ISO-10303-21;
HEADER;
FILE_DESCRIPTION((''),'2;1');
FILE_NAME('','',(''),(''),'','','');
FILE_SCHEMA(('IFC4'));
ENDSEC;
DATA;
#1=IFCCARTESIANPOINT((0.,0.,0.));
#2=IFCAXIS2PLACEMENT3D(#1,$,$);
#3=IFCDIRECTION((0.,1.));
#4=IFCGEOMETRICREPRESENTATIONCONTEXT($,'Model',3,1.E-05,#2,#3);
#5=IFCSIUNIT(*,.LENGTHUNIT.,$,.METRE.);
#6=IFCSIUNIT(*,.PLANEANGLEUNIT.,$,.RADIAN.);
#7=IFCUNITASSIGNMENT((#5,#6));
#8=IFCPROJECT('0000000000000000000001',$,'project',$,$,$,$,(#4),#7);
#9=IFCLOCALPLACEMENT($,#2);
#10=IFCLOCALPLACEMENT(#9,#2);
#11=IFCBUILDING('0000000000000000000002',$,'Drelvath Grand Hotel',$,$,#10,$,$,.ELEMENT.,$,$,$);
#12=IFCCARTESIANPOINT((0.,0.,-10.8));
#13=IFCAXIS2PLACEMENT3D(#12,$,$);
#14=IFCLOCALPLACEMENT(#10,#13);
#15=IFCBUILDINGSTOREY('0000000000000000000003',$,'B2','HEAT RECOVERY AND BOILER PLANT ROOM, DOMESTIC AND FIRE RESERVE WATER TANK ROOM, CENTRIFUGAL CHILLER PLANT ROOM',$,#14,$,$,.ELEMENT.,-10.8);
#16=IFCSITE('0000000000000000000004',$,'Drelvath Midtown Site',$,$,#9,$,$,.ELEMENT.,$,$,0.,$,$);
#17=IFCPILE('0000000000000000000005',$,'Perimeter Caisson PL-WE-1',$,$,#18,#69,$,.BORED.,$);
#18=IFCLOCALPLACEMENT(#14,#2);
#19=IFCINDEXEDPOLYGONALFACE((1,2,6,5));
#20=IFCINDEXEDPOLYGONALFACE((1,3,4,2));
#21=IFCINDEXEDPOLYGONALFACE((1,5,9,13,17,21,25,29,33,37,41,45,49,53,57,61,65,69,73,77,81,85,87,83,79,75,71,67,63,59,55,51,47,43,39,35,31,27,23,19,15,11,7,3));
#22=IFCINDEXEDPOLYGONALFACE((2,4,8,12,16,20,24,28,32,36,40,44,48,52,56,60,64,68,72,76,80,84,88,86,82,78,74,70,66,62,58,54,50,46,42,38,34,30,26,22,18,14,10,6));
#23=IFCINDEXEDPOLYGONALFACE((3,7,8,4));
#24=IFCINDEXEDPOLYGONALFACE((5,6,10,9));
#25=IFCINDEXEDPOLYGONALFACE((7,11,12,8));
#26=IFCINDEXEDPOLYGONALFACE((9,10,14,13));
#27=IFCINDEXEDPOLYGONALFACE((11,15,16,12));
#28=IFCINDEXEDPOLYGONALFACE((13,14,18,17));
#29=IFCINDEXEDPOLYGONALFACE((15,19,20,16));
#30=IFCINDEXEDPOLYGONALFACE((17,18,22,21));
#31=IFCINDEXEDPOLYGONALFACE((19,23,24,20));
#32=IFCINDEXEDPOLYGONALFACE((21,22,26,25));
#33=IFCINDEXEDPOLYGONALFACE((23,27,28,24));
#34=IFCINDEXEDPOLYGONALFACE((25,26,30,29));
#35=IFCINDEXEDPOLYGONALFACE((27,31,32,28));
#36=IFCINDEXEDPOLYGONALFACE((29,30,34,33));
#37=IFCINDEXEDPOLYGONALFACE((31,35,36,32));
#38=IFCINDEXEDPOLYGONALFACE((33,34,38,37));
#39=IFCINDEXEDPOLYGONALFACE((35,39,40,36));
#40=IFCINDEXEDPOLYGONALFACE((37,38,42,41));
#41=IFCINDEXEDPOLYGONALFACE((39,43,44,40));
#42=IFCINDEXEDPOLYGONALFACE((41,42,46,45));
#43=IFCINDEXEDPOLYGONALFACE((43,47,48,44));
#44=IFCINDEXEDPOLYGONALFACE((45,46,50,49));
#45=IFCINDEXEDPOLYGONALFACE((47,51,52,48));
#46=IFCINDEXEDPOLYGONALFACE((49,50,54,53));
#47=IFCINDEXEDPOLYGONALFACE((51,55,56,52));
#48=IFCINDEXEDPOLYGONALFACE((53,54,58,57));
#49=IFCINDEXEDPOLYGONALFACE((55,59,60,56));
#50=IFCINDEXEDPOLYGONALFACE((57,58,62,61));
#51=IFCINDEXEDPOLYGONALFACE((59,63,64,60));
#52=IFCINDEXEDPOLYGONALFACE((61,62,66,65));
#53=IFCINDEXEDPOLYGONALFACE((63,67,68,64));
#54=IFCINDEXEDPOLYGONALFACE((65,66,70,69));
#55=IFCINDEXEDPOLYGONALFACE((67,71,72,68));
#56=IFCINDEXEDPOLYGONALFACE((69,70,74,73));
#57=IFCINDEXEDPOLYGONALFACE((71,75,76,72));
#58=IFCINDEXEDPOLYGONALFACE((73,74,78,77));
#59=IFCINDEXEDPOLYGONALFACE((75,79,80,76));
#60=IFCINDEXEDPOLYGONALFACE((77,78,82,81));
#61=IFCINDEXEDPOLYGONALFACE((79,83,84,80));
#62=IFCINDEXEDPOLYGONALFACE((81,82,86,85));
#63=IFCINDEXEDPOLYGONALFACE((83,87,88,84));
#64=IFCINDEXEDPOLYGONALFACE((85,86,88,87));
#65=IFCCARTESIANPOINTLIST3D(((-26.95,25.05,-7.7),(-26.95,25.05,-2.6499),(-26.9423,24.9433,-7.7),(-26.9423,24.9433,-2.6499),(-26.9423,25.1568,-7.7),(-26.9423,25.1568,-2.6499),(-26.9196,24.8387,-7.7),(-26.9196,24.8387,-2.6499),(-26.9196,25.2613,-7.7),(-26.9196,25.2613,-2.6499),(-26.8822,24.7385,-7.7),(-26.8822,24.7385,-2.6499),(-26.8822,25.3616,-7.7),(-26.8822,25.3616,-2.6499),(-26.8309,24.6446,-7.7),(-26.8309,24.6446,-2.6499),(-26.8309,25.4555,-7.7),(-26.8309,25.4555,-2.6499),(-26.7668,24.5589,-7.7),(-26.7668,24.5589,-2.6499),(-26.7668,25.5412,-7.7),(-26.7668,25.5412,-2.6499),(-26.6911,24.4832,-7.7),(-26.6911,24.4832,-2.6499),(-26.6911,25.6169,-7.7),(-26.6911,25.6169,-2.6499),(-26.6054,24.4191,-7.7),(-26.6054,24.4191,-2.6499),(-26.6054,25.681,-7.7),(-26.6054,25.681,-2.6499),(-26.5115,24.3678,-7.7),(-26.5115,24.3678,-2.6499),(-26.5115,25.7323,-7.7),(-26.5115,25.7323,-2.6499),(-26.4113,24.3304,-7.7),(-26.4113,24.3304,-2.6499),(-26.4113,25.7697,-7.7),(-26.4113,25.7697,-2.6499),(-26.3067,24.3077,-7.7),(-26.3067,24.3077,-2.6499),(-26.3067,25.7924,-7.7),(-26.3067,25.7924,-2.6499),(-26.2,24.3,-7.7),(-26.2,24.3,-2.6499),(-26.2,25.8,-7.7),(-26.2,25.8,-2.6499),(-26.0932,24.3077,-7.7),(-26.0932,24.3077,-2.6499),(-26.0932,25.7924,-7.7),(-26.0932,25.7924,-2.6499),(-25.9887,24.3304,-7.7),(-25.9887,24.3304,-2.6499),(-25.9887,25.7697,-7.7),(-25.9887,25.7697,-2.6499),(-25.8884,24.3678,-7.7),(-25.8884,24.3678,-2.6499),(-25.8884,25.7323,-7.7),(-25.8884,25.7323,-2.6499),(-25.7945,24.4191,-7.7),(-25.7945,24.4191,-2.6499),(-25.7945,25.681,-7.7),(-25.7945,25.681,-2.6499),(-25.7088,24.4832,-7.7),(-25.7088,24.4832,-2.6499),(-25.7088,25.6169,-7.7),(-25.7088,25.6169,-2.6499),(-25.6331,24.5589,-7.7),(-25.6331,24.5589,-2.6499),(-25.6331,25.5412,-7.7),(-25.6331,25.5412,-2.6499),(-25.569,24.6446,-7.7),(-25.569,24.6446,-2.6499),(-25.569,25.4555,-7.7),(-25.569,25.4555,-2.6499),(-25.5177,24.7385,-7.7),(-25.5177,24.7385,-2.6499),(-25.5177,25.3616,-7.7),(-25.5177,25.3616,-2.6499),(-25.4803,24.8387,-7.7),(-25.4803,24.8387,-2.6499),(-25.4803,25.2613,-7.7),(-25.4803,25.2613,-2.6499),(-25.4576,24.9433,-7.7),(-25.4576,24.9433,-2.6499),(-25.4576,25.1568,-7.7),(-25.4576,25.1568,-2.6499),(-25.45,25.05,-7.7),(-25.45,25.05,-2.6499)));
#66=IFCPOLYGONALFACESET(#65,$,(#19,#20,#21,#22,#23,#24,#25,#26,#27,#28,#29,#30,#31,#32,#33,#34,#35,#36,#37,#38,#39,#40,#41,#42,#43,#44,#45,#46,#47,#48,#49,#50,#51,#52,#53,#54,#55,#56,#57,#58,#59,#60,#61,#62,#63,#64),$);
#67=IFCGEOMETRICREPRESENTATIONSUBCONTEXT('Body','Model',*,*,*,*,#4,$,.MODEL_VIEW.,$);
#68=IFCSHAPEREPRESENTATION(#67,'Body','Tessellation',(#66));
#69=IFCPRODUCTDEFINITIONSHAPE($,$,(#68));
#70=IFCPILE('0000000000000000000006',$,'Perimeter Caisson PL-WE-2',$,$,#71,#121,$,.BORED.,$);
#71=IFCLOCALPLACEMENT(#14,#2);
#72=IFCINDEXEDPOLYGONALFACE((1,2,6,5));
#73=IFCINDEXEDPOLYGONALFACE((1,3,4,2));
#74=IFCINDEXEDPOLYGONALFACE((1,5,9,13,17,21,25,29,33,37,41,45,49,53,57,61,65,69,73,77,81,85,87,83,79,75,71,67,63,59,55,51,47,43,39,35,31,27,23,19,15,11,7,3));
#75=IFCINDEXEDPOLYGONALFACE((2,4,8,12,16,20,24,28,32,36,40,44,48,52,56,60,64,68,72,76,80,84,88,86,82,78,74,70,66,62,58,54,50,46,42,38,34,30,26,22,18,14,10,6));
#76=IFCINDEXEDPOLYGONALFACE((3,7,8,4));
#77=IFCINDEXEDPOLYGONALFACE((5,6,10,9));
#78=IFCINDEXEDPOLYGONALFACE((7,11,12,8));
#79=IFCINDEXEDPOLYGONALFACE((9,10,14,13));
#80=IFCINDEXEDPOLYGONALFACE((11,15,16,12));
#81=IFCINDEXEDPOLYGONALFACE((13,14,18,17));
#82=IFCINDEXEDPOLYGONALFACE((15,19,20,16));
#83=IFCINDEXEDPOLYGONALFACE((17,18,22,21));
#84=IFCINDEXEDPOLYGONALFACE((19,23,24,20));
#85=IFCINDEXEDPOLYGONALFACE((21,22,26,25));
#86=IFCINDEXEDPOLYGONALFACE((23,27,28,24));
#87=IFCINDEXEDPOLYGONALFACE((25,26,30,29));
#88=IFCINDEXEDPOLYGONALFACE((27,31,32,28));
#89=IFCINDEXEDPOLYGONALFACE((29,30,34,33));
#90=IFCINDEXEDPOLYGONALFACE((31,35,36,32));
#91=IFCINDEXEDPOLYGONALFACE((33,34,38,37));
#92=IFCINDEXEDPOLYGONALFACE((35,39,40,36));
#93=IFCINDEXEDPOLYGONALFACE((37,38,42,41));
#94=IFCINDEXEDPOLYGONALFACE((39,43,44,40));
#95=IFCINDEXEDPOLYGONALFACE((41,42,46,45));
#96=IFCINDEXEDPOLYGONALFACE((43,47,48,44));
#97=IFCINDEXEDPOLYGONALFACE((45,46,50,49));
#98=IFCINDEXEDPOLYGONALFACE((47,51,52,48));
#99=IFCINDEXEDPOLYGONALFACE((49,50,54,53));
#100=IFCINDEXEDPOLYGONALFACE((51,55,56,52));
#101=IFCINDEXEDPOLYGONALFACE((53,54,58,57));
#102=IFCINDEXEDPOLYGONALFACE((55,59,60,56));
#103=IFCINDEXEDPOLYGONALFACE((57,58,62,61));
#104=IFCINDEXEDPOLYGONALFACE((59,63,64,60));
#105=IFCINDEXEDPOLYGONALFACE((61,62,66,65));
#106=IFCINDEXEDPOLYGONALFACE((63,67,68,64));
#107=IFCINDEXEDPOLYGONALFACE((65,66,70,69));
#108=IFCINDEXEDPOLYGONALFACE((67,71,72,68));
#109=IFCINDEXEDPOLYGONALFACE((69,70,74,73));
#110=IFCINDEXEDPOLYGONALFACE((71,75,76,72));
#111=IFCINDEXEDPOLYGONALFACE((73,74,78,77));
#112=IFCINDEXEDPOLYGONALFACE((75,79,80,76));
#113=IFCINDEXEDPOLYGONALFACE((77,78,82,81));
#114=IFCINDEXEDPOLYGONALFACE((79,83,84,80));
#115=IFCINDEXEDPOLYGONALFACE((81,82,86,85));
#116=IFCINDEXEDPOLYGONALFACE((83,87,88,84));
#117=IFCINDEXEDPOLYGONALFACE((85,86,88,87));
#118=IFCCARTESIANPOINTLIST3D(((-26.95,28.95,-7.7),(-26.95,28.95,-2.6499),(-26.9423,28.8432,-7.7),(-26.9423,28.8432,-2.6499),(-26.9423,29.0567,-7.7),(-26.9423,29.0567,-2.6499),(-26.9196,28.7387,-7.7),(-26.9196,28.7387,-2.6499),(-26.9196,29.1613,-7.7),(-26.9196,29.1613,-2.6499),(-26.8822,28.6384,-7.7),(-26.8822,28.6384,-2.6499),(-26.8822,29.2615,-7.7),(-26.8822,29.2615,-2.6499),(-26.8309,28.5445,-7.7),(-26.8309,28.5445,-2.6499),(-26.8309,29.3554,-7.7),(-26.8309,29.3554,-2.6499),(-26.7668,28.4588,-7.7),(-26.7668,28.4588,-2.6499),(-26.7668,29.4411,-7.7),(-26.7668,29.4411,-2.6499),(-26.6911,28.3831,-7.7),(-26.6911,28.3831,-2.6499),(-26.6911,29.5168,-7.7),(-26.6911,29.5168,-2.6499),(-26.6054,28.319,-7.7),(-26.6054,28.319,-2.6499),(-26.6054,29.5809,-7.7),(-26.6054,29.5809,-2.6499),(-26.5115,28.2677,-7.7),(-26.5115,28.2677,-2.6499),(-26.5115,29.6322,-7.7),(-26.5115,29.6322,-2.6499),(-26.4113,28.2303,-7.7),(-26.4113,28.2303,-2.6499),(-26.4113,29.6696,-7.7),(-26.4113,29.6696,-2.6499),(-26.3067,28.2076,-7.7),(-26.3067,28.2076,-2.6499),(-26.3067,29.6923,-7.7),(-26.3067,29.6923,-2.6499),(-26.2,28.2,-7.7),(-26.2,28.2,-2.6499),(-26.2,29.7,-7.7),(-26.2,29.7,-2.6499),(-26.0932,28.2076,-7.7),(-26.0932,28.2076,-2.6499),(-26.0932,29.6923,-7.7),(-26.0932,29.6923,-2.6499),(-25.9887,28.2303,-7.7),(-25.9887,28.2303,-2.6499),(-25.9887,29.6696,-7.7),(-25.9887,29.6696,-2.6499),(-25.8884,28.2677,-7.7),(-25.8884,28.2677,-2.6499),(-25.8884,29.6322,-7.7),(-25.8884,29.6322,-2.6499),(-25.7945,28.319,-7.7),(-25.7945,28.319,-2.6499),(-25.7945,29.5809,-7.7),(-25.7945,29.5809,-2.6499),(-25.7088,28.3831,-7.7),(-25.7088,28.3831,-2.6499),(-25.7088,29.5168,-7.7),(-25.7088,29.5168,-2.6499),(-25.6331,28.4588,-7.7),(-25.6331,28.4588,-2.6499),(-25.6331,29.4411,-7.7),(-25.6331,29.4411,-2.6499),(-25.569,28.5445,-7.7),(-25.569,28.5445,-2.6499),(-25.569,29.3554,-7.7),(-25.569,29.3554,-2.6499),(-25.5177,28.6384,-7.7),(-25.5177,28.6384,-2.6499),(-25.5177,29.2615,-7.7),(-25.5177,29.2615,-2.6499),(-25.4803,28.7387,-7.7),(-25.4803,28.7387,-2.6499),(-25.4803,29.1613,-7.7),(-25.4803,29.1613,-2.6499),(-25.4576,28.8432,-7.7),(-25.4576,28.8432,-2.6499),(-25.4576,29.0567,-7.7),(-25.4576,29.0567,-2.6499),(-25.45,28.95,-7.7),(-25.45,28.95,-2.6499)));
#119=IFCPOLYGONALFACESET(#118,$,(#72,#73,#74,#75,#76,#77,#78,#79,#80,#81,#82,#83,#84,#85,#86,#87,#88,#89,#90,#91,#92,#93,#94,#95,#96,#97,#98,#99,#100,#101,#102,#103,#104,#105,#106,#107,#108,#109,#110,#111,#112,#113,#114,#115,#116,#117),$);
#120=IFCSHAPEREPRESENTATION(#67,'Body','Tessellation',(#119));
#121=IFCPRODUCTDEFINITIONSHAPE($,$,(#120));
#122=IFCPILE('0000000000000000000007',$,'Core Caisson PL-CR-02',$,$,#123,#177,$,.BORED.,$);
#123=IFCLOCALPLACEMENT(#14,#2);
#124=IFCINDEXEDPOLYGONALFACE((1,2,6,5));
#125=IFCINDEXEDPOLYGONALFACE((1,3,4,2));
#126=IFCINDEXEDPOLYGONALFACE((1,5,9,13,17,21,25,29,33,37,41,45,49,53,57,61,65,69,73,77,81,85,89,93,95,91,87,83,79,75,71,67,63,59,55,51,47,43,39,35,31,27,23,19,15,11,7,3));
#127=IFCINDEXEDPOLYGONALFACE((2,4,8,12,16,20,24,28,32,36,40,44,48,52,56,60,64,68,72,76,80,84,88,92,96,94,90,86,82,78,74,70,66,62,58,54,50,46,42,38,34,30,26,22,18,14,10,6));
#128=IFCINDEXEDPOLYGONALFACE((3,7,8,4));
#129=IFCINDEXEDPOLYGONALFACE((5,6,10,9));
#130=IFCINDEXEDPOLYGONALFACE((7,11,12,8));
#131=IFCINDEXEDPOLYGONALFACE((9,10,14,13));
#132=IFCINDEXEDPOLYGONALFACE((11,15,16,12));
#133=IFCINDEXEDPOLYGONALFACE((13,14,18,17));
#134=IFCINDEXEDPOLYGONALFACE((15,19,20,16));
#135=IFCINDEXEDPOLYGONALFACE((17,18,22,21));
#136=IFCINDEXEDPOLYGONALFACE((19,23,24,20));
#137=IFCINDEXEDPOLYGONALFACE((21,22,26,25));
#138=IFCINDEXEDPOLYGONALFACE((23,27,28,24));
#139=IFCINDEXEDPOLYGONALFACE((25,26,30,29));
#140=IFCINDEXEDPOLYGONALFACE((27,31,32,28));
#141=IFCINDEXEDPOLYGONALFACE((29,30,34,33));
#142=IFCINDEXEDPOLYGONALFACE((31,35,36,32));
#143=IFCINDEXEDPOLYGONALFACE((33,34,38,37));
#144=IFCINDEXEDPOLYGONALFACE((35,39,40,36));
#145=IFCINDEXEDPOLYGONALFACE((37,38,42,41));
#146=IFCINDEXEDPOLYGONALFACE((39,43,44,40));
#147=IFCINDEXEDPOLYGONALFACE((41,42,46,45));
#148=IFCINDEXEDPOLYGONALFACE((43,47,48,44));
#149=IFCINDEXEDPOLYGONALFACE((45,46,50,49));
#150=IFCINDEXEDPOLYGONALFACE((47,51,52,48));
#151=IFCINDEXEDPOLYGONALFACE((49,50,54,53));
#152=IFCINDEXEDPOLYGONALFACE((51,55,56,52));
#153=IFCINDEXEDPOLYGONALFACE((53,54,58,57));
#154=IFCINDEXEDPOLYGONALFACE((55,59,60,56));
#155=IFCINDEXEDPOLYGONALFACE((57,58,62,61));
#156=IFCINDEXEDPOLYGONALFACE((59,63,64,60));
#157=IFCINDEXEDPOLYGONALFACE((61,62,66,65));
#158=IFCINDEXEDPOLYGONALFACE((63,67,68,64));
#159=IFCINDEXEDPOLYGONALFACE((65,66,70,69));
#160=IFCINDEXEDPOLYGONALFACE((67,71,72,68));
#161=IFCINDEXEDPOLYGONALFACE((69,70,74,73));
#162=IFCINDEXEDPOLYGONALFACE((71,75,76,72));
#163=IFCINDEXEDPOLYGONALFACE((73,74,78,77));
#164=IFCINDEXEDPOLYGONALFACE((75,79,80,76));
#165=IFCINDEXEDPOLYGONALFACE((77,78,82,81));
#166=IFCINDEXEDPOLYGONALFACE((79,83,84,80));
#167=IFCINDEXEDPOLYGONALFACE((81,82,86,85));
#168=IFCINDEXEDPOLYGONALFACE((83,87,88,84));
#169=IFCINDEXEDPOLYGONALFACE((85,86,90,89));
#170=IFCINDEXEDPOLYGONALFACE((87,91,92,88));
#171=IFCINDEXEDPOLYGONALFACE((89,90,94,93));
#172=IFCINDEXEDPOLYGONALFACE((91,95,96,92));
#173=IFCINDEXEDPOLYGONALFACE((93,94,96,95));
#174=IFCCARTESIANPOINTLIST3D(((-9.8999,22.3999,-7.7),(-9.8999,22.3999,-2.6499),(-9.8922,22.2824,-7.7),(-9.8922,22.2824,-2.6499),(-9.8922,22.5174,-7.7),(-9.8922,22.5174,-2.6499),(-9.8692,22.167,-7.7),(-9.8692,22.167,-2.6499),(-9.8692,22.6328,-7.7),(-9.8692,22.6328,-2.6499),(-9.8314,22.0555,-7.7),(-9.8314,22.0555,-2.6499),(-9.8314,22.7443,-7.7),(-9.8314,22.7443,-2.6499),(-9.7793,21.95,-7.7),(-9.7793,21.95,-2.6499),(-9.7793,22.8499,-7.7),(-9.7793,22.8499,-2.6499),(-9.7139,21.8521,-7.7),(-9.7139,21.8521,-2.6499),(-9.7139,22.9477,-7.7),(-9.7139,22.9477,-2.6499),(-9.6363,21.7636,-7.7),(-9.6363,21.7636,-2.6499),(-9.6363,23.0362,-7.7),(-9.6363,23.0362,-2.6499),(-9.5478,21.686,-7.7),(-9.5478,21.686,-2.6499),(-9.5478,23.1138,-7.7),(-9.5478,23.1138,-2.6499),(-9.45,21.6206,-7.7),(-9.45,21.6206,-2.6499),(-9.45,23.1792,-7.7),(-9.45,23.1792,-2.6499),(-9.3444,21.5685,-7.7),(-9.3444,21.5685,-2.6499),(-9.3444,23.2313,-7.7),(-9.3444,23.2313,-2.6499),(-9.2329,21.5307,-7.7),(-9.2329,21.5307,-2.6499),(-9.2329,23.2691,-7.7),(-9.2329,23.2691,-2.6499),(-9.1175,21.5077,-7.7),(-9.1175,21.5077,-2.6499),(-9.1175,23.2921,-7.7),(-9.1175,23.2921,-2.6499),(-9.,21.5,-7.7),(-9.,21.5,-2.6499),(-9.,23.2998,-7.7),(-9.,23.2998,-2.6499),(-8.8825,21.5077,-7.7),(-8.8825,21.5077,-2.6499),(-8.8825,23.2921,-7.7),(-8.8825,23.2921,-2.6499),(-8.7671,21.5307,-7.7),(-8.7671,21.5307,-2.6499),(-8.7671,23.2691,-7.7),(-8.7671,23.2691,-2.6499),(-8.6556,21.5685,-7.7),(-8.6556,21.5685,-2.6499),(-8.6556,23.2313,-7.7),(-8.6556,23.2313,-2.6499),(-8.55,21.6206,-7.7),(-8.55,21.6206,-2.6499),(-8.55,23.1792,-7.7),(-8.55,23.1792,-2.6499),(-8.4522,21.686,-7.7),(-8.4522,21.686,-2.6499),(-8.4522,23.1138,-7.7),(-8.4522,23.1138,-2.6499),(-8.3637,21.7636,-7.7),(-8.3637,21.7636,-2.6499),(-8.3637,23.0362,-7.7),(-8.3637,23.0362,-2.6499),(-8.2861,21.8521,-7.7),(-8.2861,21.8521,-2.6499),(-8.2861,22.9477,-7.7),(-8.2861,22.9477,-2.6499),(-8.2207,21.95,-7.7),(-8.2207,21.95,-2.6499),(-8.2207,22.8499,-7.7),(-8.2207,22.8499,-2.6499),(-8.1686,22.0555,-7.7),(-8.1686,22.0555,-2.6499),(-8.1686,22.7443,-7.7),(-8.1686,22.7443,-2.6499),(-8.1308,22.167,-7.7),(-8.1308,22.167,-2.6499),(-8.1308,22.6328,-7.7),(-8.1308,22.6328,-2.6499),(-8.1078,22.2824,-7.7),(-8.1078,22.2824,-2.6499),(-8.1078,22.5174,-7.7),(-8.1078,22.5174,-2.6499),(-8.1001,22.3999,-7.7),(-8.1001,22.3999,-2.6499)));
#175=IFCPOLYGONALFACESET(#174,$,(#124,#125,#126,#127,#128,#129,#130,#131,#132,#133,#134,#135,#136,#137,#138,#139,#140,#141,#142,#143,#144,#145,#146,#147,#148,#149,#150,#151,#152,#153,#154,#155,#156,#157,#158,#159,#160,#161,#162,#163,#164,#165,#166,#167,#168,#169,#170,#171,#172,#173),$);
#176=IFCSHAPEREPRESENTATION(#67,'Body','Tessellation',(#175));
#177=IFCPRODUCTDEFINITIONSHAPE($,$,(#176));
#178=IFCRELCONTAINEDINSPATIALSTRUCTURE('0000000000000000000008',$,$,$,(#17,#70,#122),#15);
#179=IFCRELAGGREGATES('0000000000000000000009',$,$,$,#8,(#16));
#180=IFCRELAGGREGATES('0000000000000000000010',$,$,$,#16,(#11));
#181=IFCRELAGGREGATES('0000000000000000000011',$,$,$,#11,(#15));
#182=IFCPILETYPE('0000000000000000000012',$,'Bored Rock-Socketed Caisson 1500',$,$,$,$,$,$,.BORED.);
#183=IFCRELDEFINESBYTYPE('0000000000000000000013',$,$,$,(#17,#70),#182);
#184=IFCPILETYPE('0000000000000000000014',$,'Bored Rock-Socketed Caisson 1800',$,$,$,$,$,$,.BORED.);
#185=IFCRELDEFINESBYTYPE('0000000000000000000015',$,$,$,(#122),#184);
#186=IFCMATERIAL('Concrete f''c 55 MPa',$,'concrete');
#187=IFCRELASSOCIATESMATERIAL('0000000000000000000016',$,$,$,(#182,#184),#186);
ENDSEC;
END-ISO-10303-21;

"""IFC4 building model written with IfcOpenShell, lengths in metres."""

from ifc_helpers import new_model, si_unit, direction, frame, origin, origin_2d, place, context, subcontext, project, spatial, circle, extrude, material, material_profile, profile_set, type_object, element, save


model = new_model("IFC4")

# Units and contexts
model_context = context("Model", 3, precision=1e-05, world=origin(), true_north=direction((0.0, 1.0)))
body_context = subcontext(model_context, "Body", "Model", "MODEL_VIEW")
ifc_project = project(units=[si_unit("LENGTHUNIT", "METRE"), si_unit("PLANEANGLEUNIT", "RADIAN")], contexts=[model_context])

# Site, building, storey
site_placement = place(None, origin())
site = spatial("IfcSite", under=ifc_project, at=site_placement, Name="Drelvath Midtown Site", CompositionType="ELEMENT", RefElevation=0.0)
building_placement = place(site_placement, origin())
building = spatial("IfcBuilding", under=site, at=building_placement, Name="Drelvath Grand Hotel", CompositionType="ELEMENT")
storey_placement = place(building_placement, frame((0.0, 0.0, -10.8)))
storey = spatial("IfcBuildingStorey", under=building, at=storey_placement, Name="B2", Description="HEAT RECOVERY AND BOILER PLANT ROOM, DOMESTIC AND FIRE RESERVE WATER TANK ROOM, CENTRIFUGAL CHILLER PLANT ROOM", CompositionType="ELEMENT", Elevation=-10.8)

# Piles
ifc_material_1 = material(Name="Concrete f'c 55 MPa", Category="concrete")
ifc_material_profile_1 = material_profile(ifc_material_1, circle(Radius=0.75, at=origin_2d()), Name="CAISSON1500")
ifc_profile_set_1 = profile_set([ifc_material_profile_1], Name="Concrete f'c 55 MPa")
pile_type_1 = type_object("IfcPileType", Name="Bored Rock-Socketed Caisson 1500", PredefinedType="BORED", material=ifc_profile_set_1)
for number, where, z_axis, x_axis, name in (
    (1, (-26.2, 25.05, -2.6499), (0.0, 0.0, -1.0), (1.0, 0.0, 0.0), "Perimeter Caisson PL-WE-1"),
    (2, (-26.2, 28.95, -2.6499), (0.0, 0.0, -1.0), (1.0, 0.0, 0.0), "Perimeter Caisson PL-WE-2"),
):
    element("IfcPile", number, at=place(storey_placement, frame(where, z_axis=z_axis, x_axis=x_axis)), inside=storey, type_object=pile_type_1, Name=name, PredefinedType="BORED", context=body_context, shape_type="SweptSolid", body=[
        extrude(circle(Radius=0.75, at=origin_2d()), origin(), (0.0, 0.0, 1.0), 5.05),
    ])
ifc_material_profile_2 = material_profile(ifc_material_1, circle(Radius=0.8999, at=origin_2d()), Name="CAISSON1800")
ifc_profile_set_2 = profile_set([ifc_material_profile_2], Name="Concrete f'c 55 MPa")
pile_type_2 = type_object("IfcPileType", Name="Bored Rock-Socketed Caisson 1800", PredefinedType="BORED", material=ifc_profile_set_2)
for number, where, z_axis, x_axis, name in (
    (3, (-9.0, 22.3999, -2.6499), (0.0, 0.0, -1.0), (1.0, 0.0, 0.0), "Core Caisson PL-CR-02"),
):
    element("IfcPile", number, at=place(storey_placement, frame(where, z_axis=z_axis, x_axis=x_axis)), inside=storey, type_object=pile_type_2, Name=name, PredefinedType="BORED", context=body_context, shape_type="SweptSolid", body=[
        extrude(circle(Radius=0.8999, at=origin_2d()), origin(), (0.0, 0.0, 1.0), 5.05),
    ])

save(model, "model.ifc")
